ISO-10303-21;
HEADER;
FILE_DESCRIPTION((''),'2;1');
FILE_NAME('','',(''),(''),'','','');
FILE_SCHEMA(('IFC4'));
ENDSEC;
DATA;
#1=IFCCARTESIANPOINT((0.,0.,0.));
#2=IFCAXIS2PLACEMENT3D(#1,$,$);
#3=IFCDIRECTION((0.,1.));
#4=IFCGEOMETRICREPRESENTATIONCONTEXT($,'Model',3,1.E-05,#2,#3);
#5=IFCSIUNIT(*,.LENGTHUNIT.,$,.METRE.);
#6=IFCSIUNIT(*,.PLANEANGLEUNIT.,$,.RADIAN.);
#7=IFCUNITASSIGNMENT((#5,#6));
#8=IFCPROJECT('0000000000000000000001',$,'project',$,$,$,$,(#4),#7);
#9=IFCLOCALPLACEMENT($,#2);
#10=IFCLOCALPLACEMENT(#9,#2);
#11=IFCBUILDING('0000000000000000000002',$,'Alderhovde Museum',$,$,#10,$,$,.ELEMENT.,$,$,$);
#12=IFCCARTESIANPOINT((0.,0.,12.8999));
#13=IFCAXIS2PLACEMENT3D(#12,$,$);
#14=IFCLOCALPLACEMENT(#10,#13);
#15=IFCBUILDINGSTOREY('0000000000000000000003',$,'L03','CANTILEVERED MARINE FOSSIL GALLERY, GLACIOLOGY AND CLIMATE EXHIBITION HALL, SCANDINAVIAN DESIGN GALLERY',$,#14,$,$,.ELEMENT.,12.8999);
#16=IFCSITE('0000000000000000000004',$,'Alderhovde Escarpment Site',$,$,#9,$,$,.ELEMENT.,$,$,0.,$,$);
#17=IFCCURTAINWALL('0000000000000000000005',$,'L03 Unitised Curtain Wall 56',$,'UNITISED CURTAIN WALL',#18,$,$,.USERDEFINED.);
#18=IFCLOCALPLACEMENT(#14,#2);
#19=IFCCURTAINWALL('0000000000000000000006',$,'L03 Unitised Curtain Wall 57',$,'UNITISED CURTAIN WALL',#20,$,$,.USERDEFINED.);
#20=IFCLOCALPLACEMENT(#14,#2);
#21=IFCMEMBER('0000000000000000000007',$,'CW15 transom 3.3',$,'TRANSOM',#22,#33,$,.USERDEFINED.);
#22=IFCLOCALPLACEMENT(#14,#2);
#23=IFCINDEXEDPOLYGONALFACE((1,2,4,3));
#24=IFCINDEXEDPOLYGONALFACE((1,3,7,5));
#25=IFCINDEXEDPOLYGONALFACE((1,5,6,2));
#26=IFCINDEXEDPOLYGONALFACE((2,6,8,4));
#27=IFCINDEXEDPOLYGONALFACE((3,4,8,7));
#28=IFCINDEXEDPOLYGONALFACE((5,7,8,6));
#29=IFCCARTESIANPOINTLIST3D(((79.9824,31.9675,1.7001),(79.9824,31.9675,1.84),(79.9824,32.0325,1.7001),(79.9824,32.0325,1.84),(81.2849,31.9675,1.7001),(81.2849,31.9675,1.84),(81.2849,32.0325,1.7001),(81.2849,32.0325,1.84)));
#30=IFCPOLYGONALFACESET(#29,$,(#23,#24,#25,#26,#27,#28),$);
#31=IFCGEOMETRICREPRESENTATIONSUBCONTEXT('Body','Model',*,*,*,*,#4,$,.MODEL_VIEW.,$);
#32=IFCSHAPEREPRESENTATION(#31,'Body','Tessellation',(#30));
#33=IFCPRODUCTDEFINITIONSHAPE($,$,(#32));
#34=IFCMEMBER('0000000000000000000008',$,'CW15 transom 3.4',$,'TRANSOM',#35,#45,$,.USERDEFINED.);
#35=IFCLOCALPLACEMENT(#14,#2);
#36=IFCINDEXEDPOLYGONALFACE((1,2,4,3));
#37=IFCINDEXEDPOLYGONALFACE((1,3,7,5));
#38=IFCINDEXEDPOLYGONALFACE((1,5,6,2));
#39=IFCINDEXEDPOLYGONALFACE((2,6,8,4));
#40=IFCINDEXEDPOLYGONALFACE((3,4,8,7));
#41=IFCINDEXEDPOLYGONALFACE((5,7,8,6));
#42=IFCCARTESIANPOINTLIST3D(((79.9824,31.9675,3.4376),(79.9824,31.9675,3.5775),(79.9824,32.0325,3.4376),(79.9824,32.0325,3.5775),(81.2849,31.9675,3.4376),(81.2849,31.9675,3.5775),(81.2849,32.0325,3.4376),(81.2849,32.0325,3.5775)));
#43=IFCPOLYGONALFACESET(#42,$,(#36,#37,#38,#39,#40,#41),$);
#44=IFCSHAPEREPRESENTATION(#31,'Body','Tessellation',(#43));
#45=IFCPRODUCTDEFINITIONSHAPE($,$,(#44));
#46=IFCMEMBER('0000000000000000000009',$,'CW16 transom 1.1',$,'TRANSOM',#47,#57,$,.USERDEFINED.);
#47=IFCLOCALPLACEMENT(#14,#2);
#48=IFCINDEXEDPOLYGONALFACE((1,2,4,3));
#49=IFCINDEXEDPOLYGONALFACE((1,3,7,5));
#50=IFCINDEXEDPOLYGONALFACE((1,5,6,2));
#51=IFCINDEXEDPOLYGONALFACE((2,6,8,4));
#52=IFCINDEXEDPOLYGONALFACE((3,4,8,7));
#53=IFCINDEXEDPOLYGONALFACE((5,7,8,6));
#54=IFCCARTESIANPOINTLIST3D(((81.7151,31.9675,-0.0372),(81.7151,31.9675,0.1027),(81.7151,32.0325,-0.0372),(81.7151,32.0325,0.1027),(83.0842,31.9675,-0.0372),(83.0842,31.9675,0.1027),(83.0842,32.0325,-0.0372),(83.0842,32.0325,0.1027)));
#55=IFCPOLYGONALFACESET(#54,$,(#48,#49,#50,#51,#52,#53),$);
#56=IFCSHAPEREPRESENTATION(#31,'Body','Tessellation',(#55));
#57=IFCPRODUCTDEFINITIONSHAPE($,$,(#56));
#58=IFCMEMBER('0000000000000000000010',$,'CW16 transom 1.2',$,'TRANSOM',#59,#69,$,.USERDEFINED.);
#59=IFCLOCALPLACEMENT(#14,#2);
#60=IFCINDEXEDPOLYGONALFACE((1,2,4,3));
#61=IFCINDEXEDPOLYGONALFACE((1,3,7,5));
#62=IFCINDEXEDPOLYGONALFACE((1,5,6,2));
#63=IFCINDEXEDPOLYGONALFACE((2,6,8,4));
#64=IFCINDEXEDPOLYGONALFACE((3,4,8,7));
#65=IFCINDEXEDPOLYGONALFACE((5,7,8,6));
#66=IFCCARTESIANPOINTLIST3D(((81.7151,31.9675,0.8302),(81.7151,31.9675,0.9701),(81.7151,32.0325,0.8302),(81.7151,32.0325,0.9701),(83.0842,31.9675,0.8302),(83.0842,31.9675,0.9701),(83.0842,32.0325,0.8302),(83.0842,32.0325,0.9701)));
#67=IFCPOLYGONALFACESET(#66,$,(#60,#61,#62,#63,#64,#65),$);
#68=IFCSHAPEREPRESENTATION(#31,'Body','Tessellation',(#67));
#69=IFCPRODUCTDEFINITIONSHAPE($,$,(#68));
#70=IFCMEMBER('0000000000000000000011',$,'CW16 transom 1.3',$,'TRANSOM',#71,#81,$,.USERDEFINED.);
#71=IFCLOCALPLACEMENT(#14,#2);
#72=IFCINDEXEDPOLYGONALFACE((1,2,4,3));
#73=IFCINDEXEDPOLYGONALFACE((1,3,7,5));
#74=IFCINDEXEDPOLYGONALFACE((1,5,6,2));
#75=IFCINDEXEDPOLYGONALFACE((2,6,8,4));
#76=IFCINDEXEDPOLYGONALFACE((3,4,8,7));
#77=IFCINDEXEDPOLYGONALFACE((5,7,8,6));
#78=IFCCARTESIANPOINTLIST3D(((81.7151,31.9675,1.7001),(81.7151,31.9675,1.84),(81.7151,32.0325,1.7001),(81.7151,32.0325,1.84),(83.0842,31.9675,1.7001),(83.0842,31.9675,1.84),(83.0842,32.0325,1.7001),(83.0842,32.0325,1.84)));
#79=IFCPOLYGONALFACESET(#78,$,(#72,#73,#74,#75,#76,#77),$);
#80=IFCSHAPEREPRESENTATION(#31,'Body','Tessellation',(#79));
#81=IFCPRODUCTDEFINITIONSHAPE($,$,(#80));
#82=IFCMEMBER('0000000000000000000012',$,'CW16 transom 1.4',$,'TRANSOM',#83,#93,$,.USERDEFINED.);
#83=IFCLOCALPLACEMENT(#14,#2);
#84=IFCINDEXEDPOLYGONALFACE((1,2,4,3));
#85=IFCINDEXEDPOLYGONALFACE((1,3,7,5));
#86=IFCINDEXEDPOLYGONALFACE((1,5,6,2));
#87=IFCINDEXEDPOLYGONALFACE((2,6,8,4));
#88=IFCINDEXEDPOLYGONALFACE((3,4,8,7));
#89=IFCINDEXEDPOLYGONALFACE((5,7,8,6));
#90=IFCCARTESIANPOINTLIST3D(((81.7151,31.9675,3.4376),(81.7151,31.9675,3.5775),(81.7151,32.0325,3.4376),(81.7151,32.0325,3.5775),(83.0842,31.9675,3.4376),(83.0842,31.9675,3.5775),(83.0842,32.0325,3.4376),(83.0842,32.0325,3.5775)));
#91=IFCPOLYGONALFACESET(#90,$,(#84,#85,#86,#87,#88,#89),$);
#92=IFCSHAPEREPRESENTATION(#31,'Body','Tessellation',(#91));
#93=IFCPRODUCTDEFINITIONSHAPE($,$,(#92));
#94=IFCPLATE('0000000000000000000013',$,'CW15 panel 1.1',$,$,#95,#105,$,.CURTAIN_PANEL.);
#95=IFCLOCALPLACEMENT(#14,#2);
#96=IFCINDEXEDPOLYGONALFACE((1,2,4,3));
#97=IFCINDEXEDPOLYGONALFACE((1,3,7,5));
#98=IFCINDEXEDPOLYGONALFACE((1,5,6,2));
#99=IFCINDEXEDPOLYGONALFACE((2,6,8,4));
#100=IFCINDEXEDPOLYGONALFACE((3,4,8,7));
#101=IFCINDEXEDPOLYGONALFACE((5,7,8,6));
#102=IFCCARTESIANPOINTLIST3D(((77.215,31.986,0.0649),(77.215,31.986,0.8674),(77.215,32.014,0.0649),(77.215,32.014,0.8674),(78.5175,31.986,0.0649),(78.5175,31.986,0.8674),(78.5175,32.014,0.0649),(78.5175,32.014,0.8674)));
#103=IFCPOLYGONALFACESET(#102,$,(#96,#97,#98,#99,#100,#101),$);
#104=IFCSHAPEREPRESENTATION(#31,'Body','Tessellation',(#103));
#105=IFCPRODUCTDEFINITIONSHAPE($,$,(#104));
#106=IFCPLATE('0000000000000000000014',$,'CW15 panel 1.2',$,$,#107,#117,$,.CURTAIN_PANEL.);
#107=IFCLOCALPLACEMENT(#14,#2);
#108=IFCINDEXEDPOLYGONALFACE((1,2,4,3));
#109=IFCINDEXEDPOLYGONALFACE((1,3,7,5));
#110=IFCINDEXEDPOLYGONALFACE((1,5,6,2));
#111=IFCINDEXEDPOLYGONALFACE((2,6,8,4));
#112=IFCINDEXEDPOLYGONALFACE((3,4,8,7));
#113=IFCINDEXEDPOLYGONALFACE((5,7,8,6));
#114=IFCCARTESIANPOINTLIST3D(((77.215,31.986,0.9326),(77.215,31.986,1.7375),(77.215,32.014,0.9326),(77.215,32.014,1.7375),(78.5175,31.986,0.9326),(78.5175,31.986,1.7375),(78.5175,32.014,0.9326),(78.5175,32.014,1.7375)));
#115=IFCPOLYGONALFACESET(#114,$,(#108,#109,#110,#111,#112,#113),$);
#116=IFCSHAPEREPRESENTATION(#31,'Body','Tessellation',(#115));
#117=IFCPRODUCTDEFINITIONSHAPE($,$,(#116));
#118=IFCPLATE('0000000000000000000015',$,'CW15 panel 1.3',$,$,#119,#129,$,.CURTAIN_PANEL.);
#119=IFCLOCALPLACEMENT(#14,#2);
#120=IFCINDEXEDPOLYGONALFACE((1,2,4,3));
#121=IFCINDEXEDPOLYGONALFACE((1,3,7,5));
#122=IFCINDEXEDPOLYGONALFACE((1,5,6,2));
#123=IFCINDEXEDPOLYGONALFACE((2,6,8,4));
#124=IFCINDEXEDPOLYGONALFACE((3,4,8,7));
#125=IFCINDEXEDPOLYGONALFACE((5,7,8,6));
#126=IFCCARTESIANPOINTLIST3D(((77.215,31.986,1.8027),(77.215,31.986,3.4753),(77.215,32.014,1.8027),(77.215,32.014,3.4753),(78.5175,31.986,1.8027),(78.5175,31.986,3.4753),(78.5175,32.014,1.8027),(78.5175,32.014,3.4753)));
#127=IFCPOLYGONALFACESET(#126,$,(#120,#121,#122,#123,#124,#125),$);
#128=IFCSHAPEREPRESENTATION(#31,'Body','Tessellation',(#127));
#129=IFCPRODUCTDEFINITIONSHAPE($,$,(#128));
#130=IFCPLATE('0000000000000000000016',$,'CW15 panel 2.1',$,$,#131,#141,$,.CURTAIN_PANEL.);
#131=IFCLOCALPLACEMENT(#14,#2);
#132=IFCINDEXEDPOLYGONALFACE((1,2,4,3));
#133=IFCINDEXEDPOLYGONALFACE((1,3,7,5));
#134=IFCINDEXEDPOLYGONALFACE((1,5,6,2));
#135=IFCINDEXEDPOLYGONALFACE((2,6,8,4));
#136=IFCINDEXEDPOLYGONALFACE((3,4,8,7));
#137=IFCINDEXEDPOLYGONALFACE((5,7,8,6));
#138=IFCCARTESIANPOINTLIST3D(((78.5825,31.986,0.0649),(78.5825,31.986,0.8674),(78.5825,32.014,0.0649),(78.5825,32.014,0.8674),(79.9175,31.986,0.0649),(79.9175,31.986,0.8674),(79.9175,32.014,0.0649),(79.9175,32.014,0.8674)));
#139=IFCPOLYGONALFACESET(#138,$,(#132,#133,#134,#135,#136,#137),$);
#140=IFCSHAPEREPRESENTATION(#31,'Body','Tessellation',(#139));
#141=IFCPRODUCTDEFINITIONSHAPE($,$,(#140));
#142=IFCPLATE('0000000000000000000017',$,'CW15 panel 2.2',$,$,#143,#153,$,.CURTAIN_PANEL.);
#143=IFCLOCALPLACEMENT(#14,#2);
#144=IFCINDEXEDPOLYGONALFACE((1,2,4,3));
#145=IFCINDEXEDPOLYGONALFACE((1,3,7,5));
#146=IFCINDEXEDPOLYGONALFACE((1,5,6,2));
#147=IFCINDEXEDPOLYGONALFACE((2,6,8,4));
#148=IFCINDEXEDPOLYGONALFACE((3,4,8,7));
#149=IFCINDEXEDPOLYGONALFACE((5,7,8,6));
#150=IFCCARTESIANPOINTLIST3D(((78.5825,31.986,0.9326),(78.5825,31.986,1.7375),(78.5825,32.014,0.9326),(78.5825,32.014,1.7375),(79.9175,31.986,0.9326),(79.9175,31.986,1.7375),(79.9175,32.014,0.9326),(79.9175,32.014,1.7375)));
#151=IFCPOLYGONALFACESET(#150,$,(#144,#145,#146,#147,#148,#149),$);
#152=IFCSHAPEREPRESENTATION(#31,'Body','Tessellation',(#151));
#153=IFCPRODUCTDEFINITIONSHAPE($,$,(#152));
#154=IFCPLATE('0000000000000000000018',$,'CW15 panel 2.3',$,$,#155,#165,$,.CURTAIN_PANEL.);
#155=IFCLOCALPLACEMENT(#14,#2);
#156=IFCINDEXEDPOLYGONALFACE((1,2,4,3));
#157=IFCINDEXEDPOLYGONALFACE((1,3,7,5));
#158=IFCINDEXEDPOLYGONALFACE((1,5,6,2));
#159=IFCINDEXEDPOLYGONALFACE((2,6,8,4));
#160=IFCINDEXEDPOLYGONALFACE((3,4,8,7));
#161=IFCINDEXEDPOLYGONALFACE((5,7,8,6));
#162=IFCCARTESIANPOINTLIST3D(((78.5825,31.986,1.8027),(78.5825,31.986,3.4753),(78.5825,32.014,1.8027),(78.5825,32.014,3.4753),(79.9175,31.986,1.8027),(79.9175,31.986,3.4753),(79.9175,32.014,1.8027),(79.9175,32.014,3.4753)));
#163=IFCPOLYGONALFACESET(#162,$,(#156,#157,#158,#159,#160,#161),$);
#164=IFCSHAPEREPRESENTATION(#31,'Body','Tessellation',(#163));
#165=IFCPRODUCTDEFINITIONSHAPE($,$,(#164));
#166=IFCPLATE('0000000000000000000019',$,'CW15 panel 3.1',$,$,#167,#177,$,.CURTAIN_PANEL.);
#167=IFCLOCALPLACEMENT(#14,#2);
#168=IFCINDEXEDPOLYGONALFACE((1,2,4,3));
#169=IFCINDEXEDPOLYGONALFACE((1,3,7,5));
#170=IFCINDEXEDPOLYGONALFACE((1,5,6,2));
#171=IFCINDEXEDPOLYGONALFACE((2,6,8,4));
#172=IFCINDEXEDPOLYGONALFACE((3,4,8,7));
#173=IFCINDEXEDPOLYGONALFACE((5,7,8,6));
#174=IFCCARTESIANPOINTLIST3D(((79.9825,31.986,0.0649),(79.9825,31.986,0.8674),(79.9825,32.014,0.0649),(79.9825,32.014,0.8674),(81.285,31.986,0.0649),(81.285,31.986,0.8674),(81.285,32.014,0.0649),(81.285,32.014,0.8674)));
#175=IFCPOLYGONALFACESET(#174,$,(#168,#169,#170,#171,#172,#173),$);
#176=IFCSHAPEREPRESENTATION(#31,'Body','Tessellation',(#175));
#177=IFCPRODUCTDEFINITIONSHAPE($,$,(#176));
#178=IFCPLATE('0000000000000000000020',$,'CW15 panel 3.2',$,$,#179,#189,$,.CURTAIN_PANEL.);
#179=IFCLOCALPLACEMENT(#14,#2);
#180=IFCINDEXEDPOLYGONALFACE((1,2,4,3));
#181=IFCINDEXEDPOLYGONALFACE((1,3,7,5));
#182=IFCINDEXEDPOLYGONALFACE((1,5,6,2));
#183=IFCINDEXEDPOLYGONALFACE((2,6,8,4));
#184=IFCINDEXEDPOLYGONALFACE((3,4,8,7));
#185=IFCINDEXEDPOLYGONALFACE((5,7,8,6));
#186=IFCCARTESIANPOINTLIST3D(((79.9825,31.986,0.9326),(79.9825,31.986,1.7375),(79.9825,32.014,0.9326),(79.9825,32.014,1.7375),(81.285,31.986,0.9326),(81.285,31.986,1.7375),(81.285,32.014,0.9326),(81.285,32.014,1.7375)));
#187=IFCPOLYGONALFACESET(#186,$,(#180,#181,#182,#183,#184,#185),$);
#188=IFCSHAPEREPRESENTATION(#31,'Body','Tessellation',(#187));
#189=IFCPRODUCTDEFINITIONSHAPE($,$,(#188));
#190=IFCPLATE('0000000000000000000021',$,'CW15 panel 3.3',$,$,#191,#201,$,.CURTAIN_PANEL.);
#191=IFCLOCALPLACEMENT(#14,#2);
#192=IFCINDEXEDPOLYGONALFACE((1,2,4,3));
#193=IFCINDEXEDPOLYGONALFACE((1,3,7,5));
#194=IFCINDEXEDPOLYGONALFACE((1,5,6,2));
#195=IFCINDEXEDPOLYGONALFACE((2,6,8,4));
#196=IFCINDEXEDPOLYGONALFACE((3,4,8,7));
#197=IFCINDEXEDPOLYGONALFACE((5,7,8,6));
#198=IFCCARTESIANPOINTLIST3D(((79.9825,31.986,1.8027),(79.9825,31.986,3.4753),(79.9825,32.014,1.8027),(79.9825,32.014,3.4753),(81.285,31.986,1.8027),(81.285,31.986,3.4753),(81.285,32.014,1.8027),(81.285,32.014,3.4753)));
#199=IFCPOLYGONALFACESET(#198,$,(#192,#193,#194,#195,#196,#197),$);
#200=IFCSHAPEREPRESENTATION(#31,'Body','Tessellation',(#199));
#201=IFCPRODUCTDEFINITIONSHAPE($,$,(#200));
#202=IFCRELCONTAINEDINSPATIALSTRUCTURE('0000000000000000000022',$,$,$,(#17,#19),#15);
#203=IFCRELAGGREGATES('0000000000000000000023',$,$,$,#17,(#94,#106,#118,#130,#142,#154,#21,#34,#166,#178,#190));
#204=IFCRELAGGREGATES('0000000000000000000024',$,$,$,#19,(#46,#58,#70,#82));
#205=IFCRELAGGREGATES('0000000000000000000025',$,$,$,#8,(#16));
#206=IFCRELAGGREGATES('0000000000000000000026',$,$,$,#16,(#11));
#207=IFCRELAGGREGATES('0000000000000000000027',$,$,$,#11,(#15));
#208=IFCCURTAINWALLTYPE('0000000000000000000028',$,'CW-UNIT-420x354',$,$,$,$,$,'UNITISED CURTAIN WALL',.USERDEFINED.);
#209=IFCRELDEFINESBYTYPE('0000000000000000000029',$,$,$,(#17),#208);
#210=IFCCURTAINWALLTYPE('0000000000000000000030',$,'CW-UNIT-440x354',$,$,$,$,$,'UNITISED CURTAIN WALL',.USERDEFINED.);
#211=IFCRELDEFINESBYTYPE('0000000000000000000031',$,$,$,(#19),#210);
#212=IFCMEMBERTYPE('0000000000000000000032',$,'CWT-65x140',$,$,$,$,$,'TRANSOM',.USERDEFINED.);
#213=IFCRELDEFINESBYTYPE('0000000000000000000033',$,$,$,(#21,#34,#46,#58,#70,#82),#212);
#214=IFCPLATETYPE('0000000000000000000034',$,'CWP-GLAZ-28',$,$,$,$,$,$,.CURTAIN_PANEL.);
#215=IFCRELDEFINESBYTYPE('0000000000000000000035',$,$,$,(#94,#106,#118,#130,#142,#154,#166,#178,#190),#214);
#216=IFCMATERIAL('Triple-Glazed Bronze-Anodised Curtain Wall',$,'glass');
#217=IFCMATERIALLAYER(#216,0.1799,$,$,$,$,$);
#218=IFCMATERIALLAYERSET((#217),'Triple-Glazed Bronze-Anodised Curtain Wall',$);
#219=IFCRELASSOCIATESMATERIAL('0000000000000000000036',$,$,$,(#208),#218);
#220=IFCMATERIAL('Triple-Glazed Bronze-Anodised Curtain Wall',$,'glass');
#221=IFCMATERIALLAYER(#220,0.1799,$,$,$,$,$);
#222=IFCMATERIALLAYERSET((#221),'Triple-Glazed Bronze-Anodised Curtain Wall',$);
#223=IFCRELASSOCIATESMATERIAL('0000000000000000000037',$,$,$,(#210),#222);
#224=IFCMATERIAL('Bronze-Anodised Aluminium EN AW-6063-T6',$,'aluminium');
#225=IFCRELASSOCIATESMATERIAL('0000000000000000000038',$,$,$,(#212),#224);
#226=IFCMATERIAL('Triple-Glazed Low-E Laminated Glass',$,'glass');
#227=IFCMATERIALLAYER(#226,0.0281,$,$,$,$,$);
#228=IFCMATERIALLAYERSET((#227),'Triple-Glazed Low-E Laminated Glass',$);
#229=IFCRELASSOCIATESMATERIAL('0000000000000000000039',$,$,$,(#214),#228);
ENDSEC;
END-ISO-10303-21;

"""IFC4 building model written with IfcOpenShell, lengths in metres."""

from ifc_helpers import new_model, si_unit, direction, frame, origin, origin_2d, place, context, subcontext, project, spatial, rectangle, extrude, material, layer, layer_set, material_profile, profile_set, type_object, element, aggregate, save


model = new_model("IFC4")

# Units and contexts
model_context = context("Model", 3, precision=1e-05, world=origin(), true_north=direction((0.0, 1.0)))
body_context = subcontext(model_context, "Body", "Model", "MODEL_VIEW")
ifc_project = project(units=[si_unit("LENGTHUNIT", "METRE"), si_unit("PLANEANGLEUNIT", "RADIAN")], contexts=[model_context])

# Site, building, storey
site_placement = place(None, origin())
site = spatial("IfcSite", under=ifc_project, at=site_placement, Name="Alderhovde Escarpment Site", CompositionType="ELEMENT", RefElevation=0.0)
building_placement = place(site_placement, origin())
building = spatial("IfcBuilding", under=site, at=building_placement, Name="Alderhovde Museum", CompositionType="ELEMENT")
storey_placement = place(building_placement, frame((0.0, 0.0, 12.8999)))
storey = spatial("IfcBuildingStorey", under=building, at=storey_placement, Name="L03", Description="CANTILEVERED MARINE FOSSIL GALLERY, GLACIOLOGY AND CLIMATE EXHIBITION HALL, SCANDINAVIAN DESIGN GALLERY", CompositionType="ELEMENT", Elevation=12.8999)

# Curtain wall
ifc_material_1 = material(Name="Triple-Glazed Bronze-Anodised Curtain Wall", Category="glass")
ifc_layer_1 = layer(ifc_material_1, 0.1799)
ifc_layer_set_1 = layer_set([ifc_layer_1], Name="Triple-Glazed Bronze-Anodised Curtain Wall")
curtain_wall_type_1 = type_object("IfcCurtainWallType", Name="CW-UNIT-420x354", ElementType="UNITISED CURTAIN WALL", PredefinedType="USERDEFINED", material=ifc_layer_set_1)
curtain_wall_1_placement = place(storey_placement, origin())
curtain_wall_1 = element("IfcCurtainWall", 1, at=curtain_wall_1_placement, inside=storey, type_object=curtain_wall_type_1, Name="L03 Unitised Curtain Wall 56", ObjectType="UNITISED CURTAIN WALL", PredefinedType="USERDEFINED")

# Curtain wall
ifc_material_2 = material(Name="Triple-Glazed Bronze-Anodised Curtain Wall", Category="glass")
ifc_layer_2 = layer(ifc_material_2, 0.1799)
ifc_layer_set_2 = layer_set([ifc_layer_2], Name="Triple-Glazed Bronze-Anodised Curtain Wall")
curtain_wall_type_2 = type_object("IfcCurtainWallType", Name="CW-UNIT-440x354", ElementType="UNITISED CURTAIN WALL", PredefinedType="USERDEFINED", material=ifc_layer_set_2)
curtain_wall_2_placement = place(storey_placement, origin())
curtain_wall_2 = element("IfcCurtainWall", 2, at=curtain_wall_2_placement, inside=storey, type_object=curtain_wall_type_2, Name="L03 Unitised Curtain Wall 57", ObjectType="UNITISED CURTAIN WALL", PredefinedType="USERDEFINED")

# Members
ifc_material_3 = material(Name="Bronze-Anodised Aluminium EN AW-6063-T6", Category="aluminium")
ifc_material_profile_1 = material_profile(ifc_material_3, rectangle(XDim=0.0649, YDim=0.1399, at=origin_2d()), Name="TRANSOM 65x140")
ifc_profile_set_1 = profile_set([ifc_material_profile_1], Name="Bronze-Anodised Aluminium EN AW-6063-T6")
member_type_1 = type_object("IfcMemberType", Name="CWT-65x140", ElementType="TRANSOM", PredefinedType="USERDEFINED", material=ifc_profile_set_1)
member_1_placement = place(storey_placement, frame((79.9824, 32.0, 1.77), z_axis=(1.0, 0.0, 0.0), x_axis=(0.0, 1.0, 0.0)))
member_1 = element("IfcMember", 3, at=member_1_placement, type_object=member_type_1, Name="CW15 transom 3.3", ObjectType="TRANSOM", PredefinedType="USERDEFINED", context=body_context, shape_type="SweptSolid", body=[
    extrude(rectangle(XDim=0.0649, YDim=0.1399, at=origin_2d()), origin(), (0.0, 0.0, 1.0), 1.3025),
])
member_2_placement = place(storey_placement, frame((79.9824, 32.0, 3.5076), z_axis=(1.0, 0.0, 0.0), x_axis=(0.0, 1.0, 0.0)))
member_2 = element("IfcMember", 4, at=member_2_placement, type_object=member_type_1, Name="CW15 transom 3.4", ObjectType="TRANSOM", PredefinedType="USERDEFINED", context=body_context, shape_type="SweptSolid", body=[
    extrude(rectangle(XDim=0.0649, YDim=0.1399, at=origin_2d()), origin(), (0.0, 0.0, 1.0), 1.3025),
])
member_3_placement = place(storey_placement, frame((81.7151, 32.0, 0.0327), z_axis=(1.0, 0.0, 0.0), x_axis=(0.0, 1.0, 0.0)))
member_3 = element("IfcMember", 5, at=member_3_placement, type_object=member_type_1, Name="CW16 transom 1.1", ObjectType="TRANSOM", PredefinedType="USERDEFINED", context=body_context, shape_type="SweptSolid", body=[
    extrude(rectangle(XDim=0.0649, YDim=0.1399, at=origin_2d()), origin(), (0.0, 0.0, 1.0), 1.3691),
])
member_4_placement = place(storey_placement, frame((81.7151, 32.0, 0.9001), z_axis=(1.0, 0.0, 0.0), x_axis=(0.0, 1.0, 0.0)))
member_4 = element("IfcMember", 6, at=member_4_placement, type_object=member_type_1, Name="CW16 transom 1.2", ObjectType="TRANSOM", PredefinedType="USERDEFINED", context=body_context, shape_type="SweptSolid", body=[
    extrude(rectangle(XDim=0.0649, YDim=0.1399, at=origin_2d()), origin(), (0.0, 0.0, 1.0), 1.3691),
])
member_5_placement = place(storey_placement, frame((81.7151, 32.0, 1.77), z_axis=(1.0, 0.0, 0.0), x_axis=(0.0, 1.0, 0.0)))
member_5 = element("IfcMember", 7, at=member_5_placement, type_object=member_type_1, Name="CW16 transom 1.3", ObjectType="TRANSOM", PredefinedType="USERDEFINED", context=body_context, shape_type="SweptSolid", body=[
    extrude(rectangle(XDim=0.0649, YDim=0.1399, at=origin_2d()), origin(), (0.0, 0.0, 1.0), 1.3691),
])
member_6_placement = place(storey_placement, frame((81.7151, 32.0, 3.5076), z_axis=(1.0, 0.0, 0.0), x_axis=(0.0, 1.0, 0.0)))
member_6 = element("IfcMember", 8, at=member_6_placement, type_object=member_type_1, Name="CW16 transom 1.4", ObjectType="TRANSOM", PredefinedType="USERDEFINED", context=body_context, shape_type="SweptSolid", body=[
    extrude(rectangle(XDim=0.0649, YDim=0.1399, at=origin_2d()), origin(), (0.0, 0.0, 1.0), 1.3691),
])

# Plates
ifc_material_4 = material(Name="Triple-Glazed Low-E Laminated Glass", Category="glass")
ifc_layer_3 = layer(ifc_material_4, 0.0281)
ifc_layer_set_3 = layer_set([ifc_layer_3], Name="Triple-Glazed Low-E Laminated Glass")
plate_type_1 = type_object("IfcPlateType", Name="CWP-GLAZ-28", PredefinedType="CURTAIN_PANEL", material=ifc_layer_set_3)
plate_1_placement = place(storey_placement, frame((77.8662, 32.0, 0.0649), z_axis=(0.0, 0.0, 1.0), x_axis=(1.0, 0.0, 0.0)))
plate_1 = element("IfcPlate", 9, at=plate_1_placement, type_object=plate_type_1, Name="CW15 panel 1.1", PredefinedType="CURTAIN_PANEL", context=body_context, shape_type="SweptSolid", body=[
    extrude(rectangle(XDim=1.3025, YDim=0.0281, at=origin_2d()), origin(), (0.0, 0.0, 1.0), 0.8025),
])
plate_2_placement = place(storey_placement, frame((77.8662, 32.0, 0.9326), z_axis=(0.0, 0.0, 1.0), x_axis=(1.0, 0.0, 0.0)))
plate_2 = element("IfcPlate", 10, at=plate_2_placement, type_object=plate_type_1, Name="CW15 panel 1.2", PredefinedType="CURTAIN_PANEL", context=body_context, shape_type="SweptSolid", body=[
    extrude(rectangle(XDim=1.3025, YDim=0.0281, at=origin_2d()), origin(), (0.0, 0.0, 1.0), 0.8049),
])
plate_3_placement = place(storey_placement, frame((77.8662, 32.0, 1.8027), z_axis=(0.0, 0.0, 1.0), x_axis=(1.0, 0.0, 0.0)))
plate_3 = element("IfcPlate", 11, at=plate_3_placement, type_object=plate_type_1, Name="CW15 panel 1.3", PredefinedType="CURTAIN_PANEL", context=body_context, shape_type="SweptSolid", body=[
    extrude(rectangle(XDim=1.3025, YDim=0.0281, at=origin_2d()), origin(), (0.0, 0.0, 1.0), 1.6726),
])
plate_4_placement = place(storey_placement, frame((79.25, 32.0, 0.0649), z_axis=(0.0, 0.0, 1.0), x_axis=(1.0, 0.0, 0.0)))
plate_4 = element("IfcPlate", 12, at=plate_4_placement, type_object=plate_type_1, Name="CW15 panel 2.1", PredefinedType="CURTAIN_PANEL", context=body_context, shape_type="SweptSolid", body=[
    extrude(rectangle(XDim=1.335, YDim=0.0281, at=origin_2d()), origin(), (0.0, 0.0, 1.0), 0.8025),
])
plate_5_placement = place(storey_placement, frame((79.25, 32.0, 0.9326), z_axis=(0.0, 0.0, 1.0), x_axis=(1.0, 0.0, 0.0)))
plate_5 = element("IfcPlate", 13, at=plate_5_placement, type_object=plate_type_1, Name="CW15 panel 2.2", PredefinedType="CURTAIN_PANEL", context=body_context, shape_type="SweptSolid", body=[
    extrude(rectangle(XDim=1.335, YDim=0.0281, at=origin_2d()), origin(), (0.0, 0.0, 1.0), 0.8049),
])
plate_6_placement = place(storey_placement, frame((79.25, 32.0, 1.8027), z_axis=(0.0, 0.0, 1.0), x_axis=(1.0, 0.0, 0.0)))
plate_6 = element("IfcPlate", 14, at=plate_6_placement, type_object=plate_type_1, Name="CW15 panel 2.3", PredefinedType="CURTAIN_PANEL", context=body_context, shape_type="SweptSolid", body=[
    extrude(rectangle(XDim=1.335, YDim=0.0281, at=origin_2d()), origin(), (0.0, 0.0, 1.0), 1.6726),
])
plate_7_placement = place(storey_placement, frame((80.6338, 32.0, 0.0649), z_axis=(0.0, 0.0, 1.0), x_axis=(1.0, 0.0, 0.0)))
plate_7 = element("IfcPlate", 15, at=plate_7_placement, type_object=plate_type_1, Name="CW15 panel 3.1", PredefinedType="CURTAIN_PANEL", context=body_context, shape_type="SweptSolid", body=[
    extrude(rectangle(XDim=1.3025, YDim=0.0281, at=origin_2d()), origin(), (0.0, 0.0, 1.0), 0.8025),
])
plate_8_placement = place(storey_placement, frame((80.6338, 32.0, 0.9326), z_axis=(0.0, 0.0, 1.0), x_axis=(1.0, 0.0, 0.0)))
plate_8 = element("IfcPlate", 16, at=plate_8_placement, type_object=plate_type_1, Name="CW15 panel 3.2", PredefinedType="CURTAIN_PANEL", context=body_context, shape_type="SweptSolid", body=[
    extrude(rectangle(XDim=1.3025, YDim=0.0281, at=origin_2d()), origin(), (0.0, 0.0, 1.0), 0.8049),
])
plate_9_placement = place(storey_placement, frame((80.6338, 32.0, 1.8027), z_axis=(0.0, 0.0, 1.0), x_axis=(1.0, 0.0, 0.0)))
plate_9 = element("IfcPlate", 17, at=plate_9_placement, type_object=plate_type_1, Name="CW15 panel 3.3", PredefinedType="CURTAIN_PANEL", context=body_context, shape_type="SweptSolid", body=[
    extrude(rectangle(XDim=1.3025, YDim=0.0281, at=origin_2d()), origin(), (0.0, 0.0, 1.0), 1.6726),
])
aggregate(curtain_wall_1, [plate_1, plate_2, plate_3, plate_4, plate_5, plate_6, member_1, member_2, plate_7, plate_8, plate_9])
aggregate(curtain_wall_2, [member_3, member_4, member_5, member_6])

save(model, "model.ifc")
